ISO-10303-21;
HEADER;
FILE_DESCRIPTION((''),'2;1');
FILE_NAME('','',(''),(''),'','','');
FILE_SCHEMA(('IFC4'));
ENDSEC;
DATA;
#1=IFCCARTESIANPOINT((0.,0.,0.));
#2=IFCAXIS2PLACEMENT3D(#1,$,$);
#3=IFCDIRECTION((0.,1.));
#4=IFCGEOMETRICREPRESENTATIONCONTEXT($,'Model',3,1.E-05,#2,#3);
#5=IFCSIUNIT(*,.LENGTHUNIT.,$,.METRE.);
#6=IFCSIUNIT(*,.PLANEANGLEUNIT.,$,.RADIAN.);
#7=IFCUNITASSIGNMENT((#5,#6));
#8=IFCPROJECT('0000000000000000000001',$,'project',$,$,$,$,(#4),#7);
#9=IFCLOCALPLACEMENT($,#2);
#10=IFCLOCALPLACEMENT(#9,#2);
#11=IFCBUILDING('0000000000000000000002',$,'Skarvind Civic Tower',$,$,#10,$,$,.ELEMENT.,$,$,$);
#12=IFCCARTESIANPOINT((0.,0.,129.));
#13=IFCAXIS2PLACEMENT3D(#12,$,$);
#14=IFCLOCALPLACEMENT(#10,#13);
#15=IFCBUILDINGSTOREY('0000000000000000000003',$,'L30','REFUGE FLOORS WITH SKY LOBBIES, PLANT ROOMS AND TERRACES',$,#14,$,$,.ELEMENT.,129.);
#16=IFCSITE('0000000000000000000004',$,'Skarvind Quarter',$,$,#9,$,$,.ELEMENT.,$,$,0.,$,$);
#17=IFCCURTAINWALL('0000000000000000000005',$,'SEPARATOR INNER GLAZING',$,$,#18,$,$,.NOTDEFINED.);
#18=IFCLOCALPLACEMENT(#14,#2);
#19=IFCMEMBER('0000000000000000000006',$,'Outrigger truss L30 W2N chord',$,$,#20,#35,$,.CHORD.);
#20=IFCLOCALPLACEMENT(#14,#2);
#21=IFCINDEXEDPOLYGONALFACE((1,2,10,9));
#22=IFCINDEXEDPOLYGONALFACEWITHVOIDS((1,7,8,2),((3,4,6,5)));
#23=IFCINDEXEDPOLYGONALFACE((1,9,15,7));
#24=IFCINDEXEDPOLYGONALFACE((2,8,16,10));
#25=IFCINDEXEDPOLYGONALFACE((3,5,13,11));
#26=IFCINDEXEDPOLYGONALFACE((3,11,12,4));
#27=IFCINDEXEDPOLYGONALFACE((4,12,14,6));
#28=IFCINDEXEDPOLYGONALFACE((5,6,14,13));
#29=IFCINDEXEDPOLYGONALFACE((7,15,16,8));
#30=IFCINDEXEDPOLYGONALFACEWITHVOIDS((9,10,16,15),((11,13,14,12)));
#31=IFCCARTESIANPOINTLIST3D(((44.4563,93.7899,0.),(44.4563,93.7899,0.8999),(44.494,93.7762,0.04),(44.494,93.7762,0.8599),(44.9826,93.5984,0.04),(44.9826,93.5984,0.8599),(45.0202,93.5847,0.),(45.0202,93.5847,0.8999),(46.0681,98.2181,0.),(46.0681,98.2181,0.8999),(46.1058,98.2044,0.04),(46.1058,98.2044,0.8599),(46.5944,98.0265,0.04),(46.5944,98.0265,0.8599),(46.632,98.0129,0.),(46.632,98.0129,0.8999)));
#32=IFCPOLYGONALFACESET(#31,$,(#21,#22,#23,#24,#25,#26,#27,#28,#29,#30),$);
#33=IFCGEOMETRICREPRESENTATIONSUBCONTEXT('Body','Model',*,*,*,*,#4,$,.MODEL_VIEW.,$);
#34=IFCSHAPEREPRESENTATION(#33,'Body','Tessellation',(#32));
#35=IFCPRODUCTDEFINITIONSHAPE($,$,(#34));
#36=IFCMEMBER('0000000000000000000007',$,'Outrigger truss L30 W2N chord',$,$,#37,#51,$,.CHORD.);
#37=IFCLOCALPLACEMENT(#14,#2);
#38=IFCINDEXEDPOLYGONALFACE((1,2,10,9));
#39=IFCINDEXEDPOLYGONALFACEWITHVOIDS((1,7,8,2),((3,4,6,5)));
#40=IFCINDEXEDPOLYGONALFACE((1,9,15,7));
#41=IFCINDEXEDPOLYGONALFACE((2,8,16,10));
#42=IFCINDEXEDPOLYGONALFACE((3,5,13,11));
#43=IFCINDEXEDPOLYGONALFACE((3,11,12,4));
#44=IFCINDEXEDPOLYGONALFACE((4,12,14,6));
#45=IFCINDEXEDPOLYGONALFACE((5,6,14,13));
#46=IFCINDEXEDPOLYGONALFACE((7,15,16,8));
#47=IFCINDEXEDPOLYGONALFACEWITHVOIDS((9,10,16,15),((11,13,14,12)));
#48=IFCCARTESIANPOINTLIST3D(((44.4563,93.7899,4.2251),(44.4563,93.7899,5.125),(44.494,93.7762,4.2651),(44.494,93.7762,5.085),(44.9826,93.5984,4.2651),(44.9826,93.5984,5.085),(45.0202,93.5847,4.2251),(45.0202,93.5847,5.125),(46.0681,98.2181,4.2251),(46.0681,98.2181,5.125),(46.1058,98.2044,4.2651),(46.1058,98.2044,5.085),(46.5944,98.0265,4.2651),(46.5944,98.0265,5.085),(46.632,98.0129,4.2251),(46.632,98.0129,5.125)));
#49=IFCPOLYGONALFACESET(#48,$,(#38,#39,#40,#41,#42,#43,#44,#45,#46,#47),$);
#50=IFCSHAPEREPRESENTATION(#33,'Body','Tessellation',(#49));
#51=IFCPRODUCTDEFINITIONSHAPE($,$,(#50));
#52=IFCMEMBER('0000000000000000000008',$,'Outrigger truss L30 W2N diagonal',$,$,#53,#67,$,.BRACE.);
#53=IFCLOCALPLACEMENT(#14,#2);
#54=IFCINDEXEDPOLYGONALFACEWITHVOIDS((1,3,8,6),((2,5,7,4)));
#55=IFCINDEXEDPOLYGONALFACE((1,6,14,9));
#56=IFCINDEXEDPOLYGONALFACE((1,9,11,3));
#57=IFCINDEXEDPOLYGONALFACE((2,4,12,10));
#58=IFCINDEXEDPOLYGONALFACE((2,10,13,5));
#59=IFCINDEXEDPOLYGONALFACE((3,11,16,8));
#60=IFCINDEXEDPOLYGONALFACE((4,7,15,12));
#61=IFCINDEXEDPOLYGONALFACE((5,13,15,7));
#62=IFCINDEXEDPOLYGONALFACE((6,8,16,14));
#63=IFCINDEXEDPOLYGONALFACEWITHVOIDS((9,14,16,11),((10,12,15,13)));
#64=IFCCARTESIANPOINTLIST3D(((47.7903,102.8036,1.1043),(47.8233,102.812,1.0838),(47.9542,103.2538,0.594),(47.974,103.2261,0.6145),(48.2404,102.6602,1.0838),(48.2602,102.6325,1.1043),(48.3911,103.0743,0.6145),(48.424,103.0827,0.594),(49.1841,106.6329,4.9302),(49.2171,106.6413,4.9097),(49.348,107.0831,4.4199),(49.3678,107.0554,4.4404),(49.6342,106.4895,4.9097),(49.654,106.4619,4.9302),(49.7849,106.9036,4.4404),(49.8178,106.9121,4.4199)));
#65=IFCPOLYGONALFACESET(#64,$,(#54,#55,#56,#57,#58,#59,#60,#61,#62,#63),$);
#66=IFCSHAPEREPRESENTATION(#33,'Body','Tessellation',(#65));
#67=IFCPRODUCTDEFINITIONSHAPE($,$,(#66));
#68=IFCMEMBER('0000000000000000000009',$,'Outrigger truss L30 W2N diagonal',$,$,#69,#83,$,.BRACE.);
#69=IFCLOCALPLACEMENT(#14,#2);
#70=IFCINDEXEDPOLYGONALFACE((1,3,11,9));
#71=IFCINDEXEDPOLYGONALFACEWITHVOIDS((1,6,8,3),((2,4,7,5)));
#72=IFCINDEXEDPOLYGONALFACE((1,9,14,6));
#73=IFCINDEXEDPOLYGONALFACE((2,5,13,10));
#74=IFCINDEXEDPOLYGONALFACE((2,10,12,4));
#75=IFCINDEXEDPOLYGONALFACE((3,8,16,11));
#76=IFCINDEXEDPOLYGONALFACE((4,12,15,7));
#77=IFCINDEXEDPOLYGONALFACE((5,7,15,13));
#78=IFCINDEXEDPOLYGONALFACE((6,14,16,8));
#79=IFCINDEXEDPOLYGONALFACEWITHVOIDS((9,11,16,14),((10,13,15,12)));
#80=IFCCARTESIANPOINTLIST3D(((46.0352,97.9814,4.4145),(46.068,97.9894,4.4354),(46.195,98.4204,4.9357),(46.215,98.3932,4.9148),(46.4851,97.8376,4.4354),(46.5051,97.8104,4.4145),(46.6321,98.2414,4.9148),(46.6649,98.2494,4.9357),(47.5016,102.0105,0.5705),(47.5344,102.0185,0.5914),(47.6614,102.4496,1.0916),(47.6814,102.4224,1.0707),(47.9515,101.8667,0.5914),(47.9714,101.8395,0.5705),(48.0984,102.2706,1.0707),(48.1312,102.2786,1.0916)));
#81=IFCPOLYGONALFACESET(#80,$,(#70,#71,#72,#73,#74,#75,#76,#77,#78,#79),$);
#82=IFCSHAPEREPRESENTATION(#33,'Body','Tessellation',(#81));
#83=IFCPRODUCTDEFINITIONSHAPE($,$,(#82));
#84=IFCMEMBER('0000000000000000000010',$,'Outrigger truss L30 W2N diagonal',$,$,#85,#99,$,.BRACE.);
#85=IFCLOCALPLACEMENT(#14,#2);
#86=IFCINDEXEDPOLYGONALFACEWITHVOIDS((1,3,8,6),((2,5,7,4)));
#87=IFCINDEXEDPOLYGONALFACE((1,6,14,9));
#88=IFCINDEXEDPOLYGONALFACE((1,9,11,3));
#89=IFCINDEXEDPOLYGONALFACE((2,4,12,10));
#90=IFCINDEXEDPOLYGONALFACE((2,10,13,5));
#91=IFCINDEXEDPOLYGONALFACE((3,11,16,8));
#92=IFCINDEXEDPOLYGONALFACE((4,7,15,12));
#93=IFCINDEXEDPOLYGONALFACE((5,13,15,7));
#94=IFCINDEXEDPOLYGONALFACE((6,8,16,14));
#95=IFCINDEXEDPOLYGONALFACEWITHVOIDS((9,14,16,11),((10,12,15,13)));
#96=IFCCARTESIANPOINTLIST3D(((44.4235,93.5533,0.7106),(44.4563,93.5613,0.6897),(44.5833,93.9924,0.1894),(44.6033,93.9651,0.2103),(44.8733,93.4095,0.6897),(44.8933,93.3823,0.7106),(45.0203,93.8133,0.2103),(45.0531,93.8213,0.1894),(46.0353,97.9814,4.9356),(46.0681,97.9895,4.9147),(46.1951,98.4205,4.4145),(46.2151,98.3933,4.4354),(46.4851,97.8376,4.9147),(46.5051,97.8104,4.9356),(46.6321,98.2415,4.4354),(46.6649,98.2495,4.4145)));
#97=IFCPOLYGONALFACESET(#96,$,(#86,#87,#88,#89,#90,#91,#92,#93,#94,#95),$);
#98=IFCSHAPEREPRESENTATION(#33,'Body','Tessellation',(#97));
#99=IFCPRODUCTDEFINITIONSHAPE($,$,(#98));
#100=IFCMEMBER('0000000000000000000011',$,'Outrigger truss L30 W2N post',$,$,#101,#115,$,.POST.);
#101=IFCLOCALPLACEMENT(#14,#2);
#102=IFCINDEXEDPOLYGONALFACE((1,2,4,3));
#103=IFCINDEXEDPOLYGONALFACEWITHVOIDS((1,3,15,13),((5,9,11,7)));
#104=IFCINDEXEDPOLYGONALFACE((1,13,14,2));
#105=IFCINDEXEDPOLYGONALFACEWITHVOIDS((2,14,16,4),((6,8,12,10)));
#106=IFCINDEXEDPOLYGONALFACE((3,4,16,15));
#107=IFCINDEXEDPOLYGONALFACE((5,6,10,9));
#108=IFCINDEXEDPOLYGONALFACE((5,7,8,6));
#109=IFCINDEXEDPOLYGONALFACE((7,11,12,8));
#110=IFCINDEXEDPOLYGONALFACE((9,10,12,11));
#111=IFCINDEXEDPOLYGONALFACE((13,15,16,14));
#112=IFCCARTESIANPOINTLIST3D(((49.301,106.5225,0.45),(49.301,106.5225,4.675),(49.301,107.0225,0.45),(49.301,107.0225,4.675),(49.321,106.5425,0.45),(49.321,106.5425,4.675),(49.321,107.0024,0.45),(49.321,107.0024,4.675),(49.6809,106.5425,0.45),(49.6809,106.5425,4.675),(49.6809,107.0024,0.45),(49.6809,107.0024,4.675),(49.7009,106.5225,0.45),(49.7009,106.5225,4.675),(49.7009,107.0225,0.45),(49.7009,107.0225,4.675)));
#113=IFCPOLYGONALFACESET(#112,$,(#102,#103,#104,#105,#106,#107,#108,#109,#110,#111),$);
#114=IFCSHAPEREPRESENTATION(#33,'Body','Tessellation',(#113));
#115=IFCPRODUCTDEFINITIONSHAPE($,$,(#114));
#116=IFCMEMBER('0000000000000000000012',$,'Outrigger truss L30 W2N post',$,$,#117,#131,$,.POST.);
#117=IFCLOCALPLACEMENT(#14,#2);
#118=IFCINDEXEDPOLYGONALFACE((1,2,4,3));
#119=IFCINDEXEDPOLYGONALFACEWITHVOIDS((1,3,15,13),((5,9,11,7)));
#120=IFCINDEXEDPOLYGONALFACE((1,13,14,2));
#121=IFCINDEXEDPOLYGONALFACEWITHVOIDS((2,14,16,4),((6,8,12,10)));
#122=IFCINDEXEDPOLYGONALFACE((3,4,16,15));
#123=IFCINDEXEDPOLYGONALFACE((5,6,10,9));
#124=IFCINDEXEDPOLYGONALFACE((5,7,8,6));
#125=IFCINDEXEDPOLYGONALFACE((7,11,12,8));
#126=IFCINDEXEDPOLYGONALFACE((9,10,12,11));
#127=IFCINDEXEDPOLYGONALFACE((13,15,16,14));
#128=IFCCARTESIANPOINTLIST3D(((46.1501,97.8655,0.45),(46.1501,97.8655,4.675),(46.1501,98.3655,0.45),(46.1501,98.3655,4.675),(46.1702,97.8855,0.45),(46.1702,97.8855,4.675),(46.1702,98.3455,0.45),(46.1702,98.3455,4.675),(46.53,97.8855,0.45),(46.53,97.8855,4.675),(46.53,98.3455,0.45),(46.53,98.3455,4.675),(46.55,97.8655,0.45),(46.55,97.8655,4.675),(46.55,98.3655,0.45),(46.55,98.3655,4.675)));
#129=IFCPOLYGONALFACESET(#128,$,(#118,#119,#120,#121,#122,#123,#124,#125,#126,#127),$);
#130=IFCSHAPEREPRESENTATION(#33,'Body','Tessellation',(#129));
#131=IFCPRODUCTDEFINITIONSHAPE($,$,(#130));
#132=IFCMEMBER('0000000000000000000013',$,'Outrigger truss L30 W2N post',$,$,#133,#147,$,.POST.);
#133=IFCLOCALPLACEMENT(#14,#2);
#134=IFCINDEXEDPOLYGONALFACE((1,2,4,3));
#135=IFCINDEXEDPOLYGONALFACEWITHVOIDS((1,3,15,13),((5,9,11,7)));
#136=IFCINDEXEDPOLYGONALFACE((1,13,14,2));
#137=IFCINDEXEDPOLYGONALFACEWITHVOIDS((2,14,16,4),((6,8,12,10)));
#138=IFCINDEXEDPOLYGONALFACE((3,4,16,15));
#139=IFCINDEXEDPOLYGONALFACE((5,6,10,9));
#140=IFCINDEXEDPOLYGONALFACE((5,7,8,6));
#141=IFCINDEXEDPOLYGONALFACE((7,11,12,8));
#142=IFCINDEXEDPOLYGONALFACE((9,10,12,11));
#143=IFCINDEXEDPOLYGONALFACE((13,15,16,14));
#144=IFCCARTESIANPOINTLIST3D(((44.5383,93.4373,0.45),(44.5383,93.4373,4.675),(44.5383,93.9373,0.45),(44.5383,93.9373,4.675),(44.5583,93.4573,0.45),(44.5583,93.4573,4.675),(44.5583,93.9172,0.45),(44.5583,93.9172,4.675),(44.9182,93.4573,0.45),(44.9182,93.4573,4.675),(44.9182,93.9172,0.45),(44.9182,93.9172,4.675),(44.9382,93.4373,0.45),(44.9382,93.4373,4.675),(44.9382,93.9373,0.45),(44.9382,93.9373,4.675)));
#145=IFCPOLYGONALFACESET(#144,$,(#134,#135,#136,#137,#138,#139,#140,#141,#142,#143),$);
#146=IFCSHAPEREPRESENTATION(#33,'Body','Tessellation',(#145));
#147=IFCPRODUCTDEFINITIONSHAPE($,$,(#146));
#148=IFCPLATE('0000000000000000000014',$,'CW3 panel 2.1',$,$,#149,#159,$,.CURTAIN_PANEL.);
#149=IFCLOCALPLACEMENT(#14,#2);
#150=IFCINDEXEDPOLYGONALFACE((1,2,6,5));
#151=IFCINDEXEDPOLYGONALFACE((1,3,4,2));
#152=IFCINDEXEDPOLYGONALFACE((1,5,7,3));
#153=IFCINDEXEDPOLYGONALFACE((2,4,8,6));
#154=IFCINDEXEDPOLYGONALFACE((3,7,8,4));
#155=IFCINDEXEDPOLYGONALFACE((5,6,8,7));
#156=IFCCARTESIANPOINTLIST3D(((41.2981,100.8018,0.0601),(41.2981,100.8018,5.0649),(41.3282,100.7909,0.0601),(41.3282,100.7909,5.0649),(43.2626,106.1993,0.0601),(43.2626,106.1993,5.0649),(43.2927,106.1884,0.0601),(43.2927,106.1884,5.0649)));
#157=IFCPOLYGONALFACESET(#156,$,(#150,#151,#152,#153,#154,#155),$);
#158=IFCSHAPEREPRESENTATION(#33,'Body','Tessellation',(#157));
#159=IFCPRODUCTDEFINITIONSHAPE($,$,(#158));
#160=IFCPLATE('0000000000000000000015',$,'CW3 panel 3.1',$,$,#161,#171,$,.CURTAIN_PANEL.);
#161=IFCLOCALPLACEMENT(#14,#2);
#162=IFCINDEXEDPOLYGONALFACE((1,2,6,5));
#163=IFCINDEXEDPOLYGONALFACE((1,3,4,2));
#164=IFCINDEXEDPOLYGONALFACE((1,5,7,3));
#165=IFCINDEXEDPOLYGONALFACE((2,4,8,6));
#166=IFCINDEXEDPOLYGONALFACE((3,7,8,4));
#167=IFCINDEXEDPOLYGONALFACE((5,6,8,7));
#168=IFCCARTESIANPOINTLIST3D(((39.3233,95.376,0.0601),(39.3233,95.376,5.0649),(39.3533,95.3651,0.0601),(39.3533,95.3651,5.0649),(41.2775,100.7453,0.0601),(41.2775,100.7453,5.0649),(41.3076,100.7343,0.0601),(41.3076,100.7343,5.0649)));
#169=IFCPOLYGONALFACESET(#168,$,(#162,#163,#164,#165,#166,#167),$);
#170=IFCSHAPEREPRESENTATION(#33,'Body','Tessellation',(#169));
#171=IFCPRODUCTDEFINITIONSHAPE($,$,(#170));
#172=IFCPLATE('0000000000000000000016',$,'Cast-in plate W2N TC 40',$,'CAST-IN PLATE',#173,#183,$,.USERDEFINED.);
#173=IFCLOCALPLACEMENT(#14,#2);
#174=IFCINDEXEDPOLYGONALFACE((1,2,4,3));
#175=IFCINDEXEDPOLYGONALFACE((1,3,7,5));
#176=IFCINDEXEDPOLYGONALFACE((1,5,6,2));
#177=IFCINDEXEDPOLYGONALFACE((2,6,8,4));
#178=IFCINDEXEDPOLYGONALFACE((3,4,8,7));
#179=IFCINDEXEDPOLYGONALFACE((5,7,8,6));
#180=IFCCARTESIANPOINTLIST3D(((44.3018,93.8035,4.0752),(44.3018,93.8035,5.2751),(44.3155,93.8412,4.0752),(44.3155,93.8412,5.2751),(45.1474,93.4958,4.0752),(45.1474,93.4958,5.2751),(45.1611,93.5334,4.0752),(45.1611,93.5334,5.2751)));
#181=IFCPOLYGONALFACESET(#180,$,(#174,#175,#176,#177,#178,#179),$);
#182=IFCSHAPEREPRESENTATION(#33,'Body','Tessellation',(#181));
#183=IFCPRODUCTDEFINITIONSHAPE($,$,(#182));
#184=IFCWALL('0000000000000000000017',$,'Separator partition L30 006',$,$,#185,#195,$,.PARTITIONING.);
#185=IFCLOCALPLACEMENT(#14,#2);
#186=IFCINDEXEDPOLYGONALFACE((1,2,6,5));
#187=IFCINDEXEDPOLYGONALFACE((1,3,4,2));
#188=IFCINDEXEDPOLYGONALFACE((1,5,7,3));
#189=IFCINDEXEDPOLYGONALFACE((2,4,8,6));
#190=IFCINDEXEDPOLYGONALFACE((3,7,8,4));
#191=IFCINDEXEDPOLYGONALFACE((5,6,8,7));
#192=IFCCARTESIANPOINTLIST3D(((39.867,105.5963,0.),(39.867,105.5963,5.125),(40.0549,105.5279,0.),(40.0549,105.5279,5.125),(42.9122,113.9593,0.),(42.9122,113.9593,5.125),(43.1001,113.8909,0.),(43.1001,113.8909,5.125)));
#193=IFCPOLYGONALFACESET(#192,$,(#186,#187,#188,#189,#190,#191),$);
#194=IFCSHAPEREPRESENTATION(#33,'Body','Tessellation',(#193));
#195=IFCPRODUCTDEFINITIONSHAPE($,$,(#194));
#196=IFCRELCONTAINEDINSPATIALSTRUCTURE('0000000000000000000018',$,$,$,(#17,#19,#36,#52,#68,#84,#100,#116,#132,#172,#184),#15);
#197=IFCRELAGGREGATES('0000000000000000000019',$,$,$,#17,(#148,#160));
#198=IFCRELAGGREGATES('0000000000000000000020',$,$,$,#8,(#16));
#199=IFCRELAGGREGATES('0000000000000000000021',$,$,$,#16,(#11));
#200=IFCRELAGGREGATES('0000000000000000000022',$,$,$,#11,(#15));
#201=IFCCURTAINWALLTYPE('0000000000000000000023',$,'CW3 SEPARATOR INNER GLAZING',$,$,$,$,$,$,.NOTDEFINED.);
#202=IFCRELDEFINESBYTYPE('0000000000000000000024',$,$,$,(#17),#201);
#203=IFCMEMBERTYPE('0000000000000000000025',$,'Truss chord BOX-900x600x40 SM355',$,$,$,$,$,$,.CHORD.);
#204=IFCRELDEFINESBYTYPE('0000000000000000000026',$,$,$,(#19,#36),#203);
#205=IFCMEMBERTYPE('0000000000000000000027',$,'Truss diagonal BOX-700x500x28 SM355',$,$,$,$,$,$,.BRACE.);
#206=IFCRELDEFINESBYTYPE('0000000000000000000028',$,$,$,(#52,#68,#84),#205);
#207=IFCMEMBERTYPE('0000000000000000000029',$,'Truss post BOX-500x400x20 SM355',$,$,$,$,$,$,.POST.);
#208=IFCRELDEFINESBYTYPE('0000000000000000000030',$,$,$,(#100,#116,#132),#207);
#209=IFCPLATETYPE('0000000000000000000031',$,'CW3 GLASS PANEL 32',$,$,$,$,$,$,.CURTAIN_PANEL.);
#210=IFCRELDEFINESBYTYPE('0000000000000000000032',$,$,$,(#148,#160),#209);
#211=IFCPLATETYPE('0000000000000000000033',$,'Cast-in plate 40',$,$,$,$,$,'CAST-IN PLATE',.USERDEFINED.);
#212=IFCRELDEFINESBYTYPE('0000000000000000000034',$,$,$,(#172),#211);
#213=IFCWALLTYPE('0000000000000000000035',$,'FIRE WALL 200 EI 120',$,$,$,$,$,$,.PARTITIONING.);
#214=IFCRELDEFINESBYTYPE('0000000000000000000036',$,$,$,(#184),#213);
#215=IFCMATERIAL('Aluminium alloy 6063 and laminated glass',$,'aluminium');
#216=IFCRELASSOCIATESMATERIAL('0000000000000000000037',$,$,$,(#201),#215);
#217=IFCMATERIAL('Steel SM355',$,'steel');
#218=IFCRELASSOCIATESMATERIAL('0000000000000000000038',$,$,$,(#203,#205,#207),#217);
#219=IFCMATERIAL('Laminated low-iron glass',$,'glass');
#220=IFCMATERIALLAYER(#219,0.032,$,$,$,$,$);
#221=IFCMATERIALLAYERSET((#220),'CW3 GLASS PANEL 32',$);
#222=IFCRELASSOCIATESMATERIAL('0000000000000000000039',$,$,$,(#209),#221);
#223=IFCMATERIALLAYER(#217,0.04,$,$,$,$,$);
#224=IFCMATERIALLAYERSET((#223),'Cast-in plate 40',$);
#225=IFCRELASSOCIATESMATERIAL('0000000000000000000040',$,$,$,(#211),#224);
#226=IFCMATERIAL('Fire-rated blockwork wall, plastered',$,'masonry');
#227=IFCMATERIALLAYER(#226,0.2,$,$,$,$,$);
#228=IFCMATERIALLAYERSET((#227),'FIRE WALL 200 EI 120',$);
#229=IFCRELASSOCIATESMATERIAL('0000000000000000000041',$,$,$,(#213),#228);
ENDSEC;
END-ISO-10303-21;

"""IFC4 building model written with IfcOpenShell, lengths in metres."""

from ifc_helpers import new_model, si_unit, direction, frame, frame_2d, origin, origin_2d, place, context, subcontext, project, spatial, rectangle, hollow_rectangle, extrude, material, layer, layer_set, material_profile, profile_set, type_object, element, aggregate, save


model = new_model("IFC4")

# Units and contexts
model_context = context("Model", 3, precision=1e-05, world=origin(), true_north=direction((0.0, 1.0)))
body_context = subcontext(model_context, "Body", "Model", "MODEL_VIEW")
ifc_project = project(units=[si_unit("LENGTHUNIT", "METRE"), si_unit("PLANEANGLEUNIT", "RADIAN")], contexts=[model_context])

# Site, building, storey
site_placement = place(None, origin())
site = spatial("IfcSite", under=ifc_project, at=site_placement, Name="Skarvind Quarter", CompositionType="ELEMENT", RefElevation=0.0)
building_placement = place(site_placement, origin())
building = spatial("IfcBuilding", under=site, at=building_placement, Name="Skarvind Civic Tower", CompositionType="ELEMENT")
storey_placement = place(building_placement, frame((0.0, 0.0, 129.0)))
storey = spatial("IfcBuildingStorey", under=building, at=storey_placement, Name="L30", Description="REFUGE FLOORS WITH SKY LOBBIES, PLANT ROOMS AND TERRACES", CompositionType="ELEMENT", Elevation=129.0)

# Curtain wall
ifc_material_1 = material(Name="Aluminium alloy 6063 and laminated glass", Category="aluminium")
curtain_wall_type = type_object("IfcCurtainWallType", Name="CW3 SEPARATOR INNER GLAZING", PredefinedType="NOTDEFINED", material=ifc_material_1)
curtain_wall_placement = place(storey_placement, origin())
curtain_wall = element("IfcCurtainWall", 1, at=curtain_wall_placement, inside=storey, type_object=curtain_wall_type, Name="SEPARATOR INNER GLAZING", PredefinedType="NOTDEFINED")

# Members
ifc_material_2 = material(Name="Steel SM355", Category="steel")
ifc_material_profile_1 = material_profile(ifc_material_2, hollow_rectangle(XDim=0.6001, YDim=0.8999, WallThickness=0.04, at=origin_2d()), Name="BOX-900x600x40")
ifc_profile_set_1 = profile_set([ifc_material_profile_1], Name="Steel SM355")
member_type_1 = type_object("IfcMemberType", Name="Truss chord BOX-900x600x40 SM355", PredefinedType="CHORD", material=ifc_profile_set_1)
for number, where, z_axis, x_axis, name in (
    (2, (46.3501, 98.1155, 0.45), (-0.342034, -0.939687, 0.0), (0.939687, -0.342034, 0.0), "Outrigger truss L30 W2N chord"),
    (3, (46.3501, 98.1155, 4.675), (-0.342034, -0.939687, 0.0), (0.939687, -0.342034, 0.0), "Outrigger truss L30 W2N chord"),
):
    element("IfcMember", number, at=place(storey_placement, frame(where, z_axis=z_axis, x_axis=x_axis)), inside=storey, type_object=member_type_1, Name=name, PredefinedType="CHORD", context=body_context, shape_type="SweptSolid", body=[
        extrude(hollow_rectangle(XDim=0.6001, YDim=0.8999, WallThickness=0.04, at=origin_2d()), origin(), (0.0, 0.0, 1.0), 4.7124),
    ])
ifc_material_profile_2 = material_profile(ifc_material_2, hollow_rectangle(XDim=0.5, YDim=0.7, WallThickness=0.0281, at=origin_2d()), Name="BOX-700x500x28")
ifc_profile_set_2 = profile_set([ifc_material_profile_2], Name="Steel SM355")
member_type_2 = type_object("IfcMemberType", Name="Truss diagonal BOX-700x500x28 SM355", PredefinedType="BRACE", material=ifc_profile_set_2)
member_1_placement = place(storey_placement, frame((49.501, 106.7725, 4.675), z_axis=(-0.249353, -0.685077, -0.684465), x_axis=(0.93969, -0.342027, 0.0)))
element("IfcMember", 4, at=member_1_placement, inside=storey, type_object=member_type_2, Name="Outrigger truss L30 W2N diagonal", PredefinedType="BRACE", context=body_context, shape_type="SweptSolid", body=[
    extrude(hollow_rectangle(XDim=0.5, YDim=0.7, WallThickness=0.0281, at=origin_2d()), origin(), (0.0, 0.0, 1.0), 5.5896),
])
member_2_placement = place(storey_placement, frame((47.8164, 102.1445, 0.8311), z_axis=(-0.254636, -0.699678, 0.667541), x_axis=(0.939704, -0.34199, 0.0)))
element("IfcMember", 5, at=member_2_placement, inside=storey, type_object=member_type_2, Name="Outrigger truss L30 W2N diagonal", PredefinedType="BRACE", context=body_context, shape_type="SweptSolid", body=[
    extrude(hollow_rectangle(XDim=0.5, YDim=0.7, WallThickness=0.0281, at=origin_2d()), origin(), (0.0, 0.0, 1.0), 5.7585),
])
member_3_placement = place(storey_placement, frame((46.3501, 98.1155, 4.675), z_axis=(-0.254664, -0.699652, -0.667558), x_axis=(0.939687, -0.342034, 0.0)))
element("IfcMember", 6, at=member_3_placement, inside=storey, type_object=member_type_2, Name="Outrigger truss L30 W2N diagonal", PredefinedType="BRACE", context=body_context, shape_type="SweptSolid", body=[
    extrude(hollow_rectangle(XDim=0.5, YDim=0.7, WallThickness=0.0281, at=origin_2d()), origin(), (0.0, 0.0, 1.0), 6.3291),
])
ifc_material_profile_3 = material_profile(ifc_material_2, hollow_rectangle(XDim=0.3999, YDim=0.5, WallThickness=0.02, at=origin_2d()), Name="BOX-500x400x20")
ifc_profile_set_3 = profile_set([ifc_material_profile_3], Name="Steel SM355")
member_type_3 = type_object("IfcMemberType", Name="Truss post BOX-500x400x20 SM355", PredefinedType="POST", material=ifc_profile_set_3)
for number, where, z_axis, x_axis, name in (
    (7, (49.501, 106.7725, 0.45), (0.0, 0.0, 1.0), (1.0, 0.0, 0.0), "Outrigger truss L30 W2N post"),
    (8, (46.3501, 98.1155, 0.45), (0.0, 0.0, 1.0), (1.0, 0.0, 0.0), "Outrigger truss L30 W2N post"),
    (9, (44.7383, 93.6873, 0.45), (0.0, 0.0, 1.0), (1.0, 0.0, 0.0), "Outrigger truss L30 W2N post"),
):
    element("IfcMember", number, at=place(storey_placement, frame(where, z_axis=z_axis, x_axis=x_axis)), inside=storey, type_object=member_type_3, Name=name, PredefinedType="POST", context=body_context, shape_type="SweptSolid", body=[
        extrude(hollow_rectangle(XDim=0.3999, YDim=0.5, WallThickness=0.02, at=origin_2d()), origin(), (0.0, 0.0, 1.0), 4.2251),
    ])

# Plates
ifc_material_3 = material(Name="Laminated low-iron glass", Category="glass")
ifc_layer_1 = layer(ifc_material_3, 0.032)
ifc_layer_set_1 = layer_set([ifc_layer_1], Name="CW3 GLASS PANEL 32")
plate_type_1 = type_object("IfcPlateType", Name="CW3 GLASS PANEL 32", PredefinedType="CURTAIN_PANEL", material=ifc_layer_set_1)
plate_1_placement = place(storey_placement, frame((42.2954, 103.4951, 0.0601), z_axis=(0.0, 0.0, 1.0), x_axis=(-0.342018, -0.939693, 0.0)))
plate_1 = element("IfcPlate", 10, at=plate_1_placement, type_object=plate_type_1, Name="CW3 panel 2.1", PredefinedType="CURTAIN_PANEL", context=body_context, shape_type="SweptSolid", body=[
    extrude(rectangle(XDim=5.7439, YDim=0.032, at=origin_2d()), origin(), (0.0, 0.0, 1.0), 5.0049),
])
plate_2_placement = place(storey_placement, frame((40.3154, 98.0552, 0.0601), z_axis=(0.0, 0.0, 1.0), x_axis=(-0.342018, -0.939693, 0.0)))
plate_2 = element("IfcPlate", 11, at=plate_2_placement, type_object=plate_type_1, Name="CW3 panel 3.1", PredefinedType="CURTAIN_PANEL", context=body_context, shape_type="SweptSolid", body=[
    extrude(rectangle(XDim=5.7139, YDim=0.032, at=origin_2d()), origin(), (0.0, 0.0, 1.0), 5.0049),
])
aggregate(curtain_wall, [plate_1, plate_2])
ifc_layer_2 = layer(ifc_material_2, 0.04)
ifc_layer_set_2 = layer_set([ifc_layer_2], Name="Cast-in plate 40")
plate_type_2 = type_object("IfcPlateType", Name="Cast-in plate 40", ElementType="CAST-IN PLATE", PredefinedType="USERDEFINED", material=ifc_layer_set_2)
plate_3_placement = place(storey_placement, frame((44.7314, 93.6685, 4.0752), z_axis=(0.0, 0.0, 1.0), x_axis=(-0.34202, -0.939693, 0.0)))
element("IfcPlate", 12, at=plate_3_placement, inside=storey, type_object=plate_type_2, Name="Cast-in plate W2N TC 40", ObjectType="CAST-IN PLATE", PredefinedType="USERDEFINED", context=body_context, shape_type="SweptSolid", body=[
    extrude(rectangle(XDim=0.04, YDim=0.8999, at=origin_2d()), origin(), (0.0, 0.0, 1.0), 1.2),
])

# Wall
ifc_material_4 = material(Name="Fire-rated blockwork wall, plastered", Category="masonry")
ifc_layer_3 = layer(ifc_material_4, 0.2)
ifc_layer_set_3 = layer_set([ifc_layer_3], Name="FIRE WALL 200 EI 120")
wall_type_1 = type_object("IfcWallType", Name="FIRE WALL 200 EI 120", PredefinedType="PARTITIONING", material=ifc_layer_set_3)
wall_1_placement = place(storey_placement, frame((39.9609, 105.562, 0.0), z_axis=(0.0, 0.0, 1.0), x_axis=(0.342146, 0.939647, 0.0)))
element("IfcWall", 13, at=wall_1_placement, inside=storey, type_object=wall_type_1, Name="Separator partition L30 006", PredefinedType="PARTITIONING", context=body_context, shape_type="SweptSolid", body=[
    extrude(rectangle(XDim=8.9001, YDim=0.2, at=frame_2d((4.4502, 0.0))), origin(), (0.0, 0.0, 1.0), 5.125),
])

save(model, "model.ifc")
